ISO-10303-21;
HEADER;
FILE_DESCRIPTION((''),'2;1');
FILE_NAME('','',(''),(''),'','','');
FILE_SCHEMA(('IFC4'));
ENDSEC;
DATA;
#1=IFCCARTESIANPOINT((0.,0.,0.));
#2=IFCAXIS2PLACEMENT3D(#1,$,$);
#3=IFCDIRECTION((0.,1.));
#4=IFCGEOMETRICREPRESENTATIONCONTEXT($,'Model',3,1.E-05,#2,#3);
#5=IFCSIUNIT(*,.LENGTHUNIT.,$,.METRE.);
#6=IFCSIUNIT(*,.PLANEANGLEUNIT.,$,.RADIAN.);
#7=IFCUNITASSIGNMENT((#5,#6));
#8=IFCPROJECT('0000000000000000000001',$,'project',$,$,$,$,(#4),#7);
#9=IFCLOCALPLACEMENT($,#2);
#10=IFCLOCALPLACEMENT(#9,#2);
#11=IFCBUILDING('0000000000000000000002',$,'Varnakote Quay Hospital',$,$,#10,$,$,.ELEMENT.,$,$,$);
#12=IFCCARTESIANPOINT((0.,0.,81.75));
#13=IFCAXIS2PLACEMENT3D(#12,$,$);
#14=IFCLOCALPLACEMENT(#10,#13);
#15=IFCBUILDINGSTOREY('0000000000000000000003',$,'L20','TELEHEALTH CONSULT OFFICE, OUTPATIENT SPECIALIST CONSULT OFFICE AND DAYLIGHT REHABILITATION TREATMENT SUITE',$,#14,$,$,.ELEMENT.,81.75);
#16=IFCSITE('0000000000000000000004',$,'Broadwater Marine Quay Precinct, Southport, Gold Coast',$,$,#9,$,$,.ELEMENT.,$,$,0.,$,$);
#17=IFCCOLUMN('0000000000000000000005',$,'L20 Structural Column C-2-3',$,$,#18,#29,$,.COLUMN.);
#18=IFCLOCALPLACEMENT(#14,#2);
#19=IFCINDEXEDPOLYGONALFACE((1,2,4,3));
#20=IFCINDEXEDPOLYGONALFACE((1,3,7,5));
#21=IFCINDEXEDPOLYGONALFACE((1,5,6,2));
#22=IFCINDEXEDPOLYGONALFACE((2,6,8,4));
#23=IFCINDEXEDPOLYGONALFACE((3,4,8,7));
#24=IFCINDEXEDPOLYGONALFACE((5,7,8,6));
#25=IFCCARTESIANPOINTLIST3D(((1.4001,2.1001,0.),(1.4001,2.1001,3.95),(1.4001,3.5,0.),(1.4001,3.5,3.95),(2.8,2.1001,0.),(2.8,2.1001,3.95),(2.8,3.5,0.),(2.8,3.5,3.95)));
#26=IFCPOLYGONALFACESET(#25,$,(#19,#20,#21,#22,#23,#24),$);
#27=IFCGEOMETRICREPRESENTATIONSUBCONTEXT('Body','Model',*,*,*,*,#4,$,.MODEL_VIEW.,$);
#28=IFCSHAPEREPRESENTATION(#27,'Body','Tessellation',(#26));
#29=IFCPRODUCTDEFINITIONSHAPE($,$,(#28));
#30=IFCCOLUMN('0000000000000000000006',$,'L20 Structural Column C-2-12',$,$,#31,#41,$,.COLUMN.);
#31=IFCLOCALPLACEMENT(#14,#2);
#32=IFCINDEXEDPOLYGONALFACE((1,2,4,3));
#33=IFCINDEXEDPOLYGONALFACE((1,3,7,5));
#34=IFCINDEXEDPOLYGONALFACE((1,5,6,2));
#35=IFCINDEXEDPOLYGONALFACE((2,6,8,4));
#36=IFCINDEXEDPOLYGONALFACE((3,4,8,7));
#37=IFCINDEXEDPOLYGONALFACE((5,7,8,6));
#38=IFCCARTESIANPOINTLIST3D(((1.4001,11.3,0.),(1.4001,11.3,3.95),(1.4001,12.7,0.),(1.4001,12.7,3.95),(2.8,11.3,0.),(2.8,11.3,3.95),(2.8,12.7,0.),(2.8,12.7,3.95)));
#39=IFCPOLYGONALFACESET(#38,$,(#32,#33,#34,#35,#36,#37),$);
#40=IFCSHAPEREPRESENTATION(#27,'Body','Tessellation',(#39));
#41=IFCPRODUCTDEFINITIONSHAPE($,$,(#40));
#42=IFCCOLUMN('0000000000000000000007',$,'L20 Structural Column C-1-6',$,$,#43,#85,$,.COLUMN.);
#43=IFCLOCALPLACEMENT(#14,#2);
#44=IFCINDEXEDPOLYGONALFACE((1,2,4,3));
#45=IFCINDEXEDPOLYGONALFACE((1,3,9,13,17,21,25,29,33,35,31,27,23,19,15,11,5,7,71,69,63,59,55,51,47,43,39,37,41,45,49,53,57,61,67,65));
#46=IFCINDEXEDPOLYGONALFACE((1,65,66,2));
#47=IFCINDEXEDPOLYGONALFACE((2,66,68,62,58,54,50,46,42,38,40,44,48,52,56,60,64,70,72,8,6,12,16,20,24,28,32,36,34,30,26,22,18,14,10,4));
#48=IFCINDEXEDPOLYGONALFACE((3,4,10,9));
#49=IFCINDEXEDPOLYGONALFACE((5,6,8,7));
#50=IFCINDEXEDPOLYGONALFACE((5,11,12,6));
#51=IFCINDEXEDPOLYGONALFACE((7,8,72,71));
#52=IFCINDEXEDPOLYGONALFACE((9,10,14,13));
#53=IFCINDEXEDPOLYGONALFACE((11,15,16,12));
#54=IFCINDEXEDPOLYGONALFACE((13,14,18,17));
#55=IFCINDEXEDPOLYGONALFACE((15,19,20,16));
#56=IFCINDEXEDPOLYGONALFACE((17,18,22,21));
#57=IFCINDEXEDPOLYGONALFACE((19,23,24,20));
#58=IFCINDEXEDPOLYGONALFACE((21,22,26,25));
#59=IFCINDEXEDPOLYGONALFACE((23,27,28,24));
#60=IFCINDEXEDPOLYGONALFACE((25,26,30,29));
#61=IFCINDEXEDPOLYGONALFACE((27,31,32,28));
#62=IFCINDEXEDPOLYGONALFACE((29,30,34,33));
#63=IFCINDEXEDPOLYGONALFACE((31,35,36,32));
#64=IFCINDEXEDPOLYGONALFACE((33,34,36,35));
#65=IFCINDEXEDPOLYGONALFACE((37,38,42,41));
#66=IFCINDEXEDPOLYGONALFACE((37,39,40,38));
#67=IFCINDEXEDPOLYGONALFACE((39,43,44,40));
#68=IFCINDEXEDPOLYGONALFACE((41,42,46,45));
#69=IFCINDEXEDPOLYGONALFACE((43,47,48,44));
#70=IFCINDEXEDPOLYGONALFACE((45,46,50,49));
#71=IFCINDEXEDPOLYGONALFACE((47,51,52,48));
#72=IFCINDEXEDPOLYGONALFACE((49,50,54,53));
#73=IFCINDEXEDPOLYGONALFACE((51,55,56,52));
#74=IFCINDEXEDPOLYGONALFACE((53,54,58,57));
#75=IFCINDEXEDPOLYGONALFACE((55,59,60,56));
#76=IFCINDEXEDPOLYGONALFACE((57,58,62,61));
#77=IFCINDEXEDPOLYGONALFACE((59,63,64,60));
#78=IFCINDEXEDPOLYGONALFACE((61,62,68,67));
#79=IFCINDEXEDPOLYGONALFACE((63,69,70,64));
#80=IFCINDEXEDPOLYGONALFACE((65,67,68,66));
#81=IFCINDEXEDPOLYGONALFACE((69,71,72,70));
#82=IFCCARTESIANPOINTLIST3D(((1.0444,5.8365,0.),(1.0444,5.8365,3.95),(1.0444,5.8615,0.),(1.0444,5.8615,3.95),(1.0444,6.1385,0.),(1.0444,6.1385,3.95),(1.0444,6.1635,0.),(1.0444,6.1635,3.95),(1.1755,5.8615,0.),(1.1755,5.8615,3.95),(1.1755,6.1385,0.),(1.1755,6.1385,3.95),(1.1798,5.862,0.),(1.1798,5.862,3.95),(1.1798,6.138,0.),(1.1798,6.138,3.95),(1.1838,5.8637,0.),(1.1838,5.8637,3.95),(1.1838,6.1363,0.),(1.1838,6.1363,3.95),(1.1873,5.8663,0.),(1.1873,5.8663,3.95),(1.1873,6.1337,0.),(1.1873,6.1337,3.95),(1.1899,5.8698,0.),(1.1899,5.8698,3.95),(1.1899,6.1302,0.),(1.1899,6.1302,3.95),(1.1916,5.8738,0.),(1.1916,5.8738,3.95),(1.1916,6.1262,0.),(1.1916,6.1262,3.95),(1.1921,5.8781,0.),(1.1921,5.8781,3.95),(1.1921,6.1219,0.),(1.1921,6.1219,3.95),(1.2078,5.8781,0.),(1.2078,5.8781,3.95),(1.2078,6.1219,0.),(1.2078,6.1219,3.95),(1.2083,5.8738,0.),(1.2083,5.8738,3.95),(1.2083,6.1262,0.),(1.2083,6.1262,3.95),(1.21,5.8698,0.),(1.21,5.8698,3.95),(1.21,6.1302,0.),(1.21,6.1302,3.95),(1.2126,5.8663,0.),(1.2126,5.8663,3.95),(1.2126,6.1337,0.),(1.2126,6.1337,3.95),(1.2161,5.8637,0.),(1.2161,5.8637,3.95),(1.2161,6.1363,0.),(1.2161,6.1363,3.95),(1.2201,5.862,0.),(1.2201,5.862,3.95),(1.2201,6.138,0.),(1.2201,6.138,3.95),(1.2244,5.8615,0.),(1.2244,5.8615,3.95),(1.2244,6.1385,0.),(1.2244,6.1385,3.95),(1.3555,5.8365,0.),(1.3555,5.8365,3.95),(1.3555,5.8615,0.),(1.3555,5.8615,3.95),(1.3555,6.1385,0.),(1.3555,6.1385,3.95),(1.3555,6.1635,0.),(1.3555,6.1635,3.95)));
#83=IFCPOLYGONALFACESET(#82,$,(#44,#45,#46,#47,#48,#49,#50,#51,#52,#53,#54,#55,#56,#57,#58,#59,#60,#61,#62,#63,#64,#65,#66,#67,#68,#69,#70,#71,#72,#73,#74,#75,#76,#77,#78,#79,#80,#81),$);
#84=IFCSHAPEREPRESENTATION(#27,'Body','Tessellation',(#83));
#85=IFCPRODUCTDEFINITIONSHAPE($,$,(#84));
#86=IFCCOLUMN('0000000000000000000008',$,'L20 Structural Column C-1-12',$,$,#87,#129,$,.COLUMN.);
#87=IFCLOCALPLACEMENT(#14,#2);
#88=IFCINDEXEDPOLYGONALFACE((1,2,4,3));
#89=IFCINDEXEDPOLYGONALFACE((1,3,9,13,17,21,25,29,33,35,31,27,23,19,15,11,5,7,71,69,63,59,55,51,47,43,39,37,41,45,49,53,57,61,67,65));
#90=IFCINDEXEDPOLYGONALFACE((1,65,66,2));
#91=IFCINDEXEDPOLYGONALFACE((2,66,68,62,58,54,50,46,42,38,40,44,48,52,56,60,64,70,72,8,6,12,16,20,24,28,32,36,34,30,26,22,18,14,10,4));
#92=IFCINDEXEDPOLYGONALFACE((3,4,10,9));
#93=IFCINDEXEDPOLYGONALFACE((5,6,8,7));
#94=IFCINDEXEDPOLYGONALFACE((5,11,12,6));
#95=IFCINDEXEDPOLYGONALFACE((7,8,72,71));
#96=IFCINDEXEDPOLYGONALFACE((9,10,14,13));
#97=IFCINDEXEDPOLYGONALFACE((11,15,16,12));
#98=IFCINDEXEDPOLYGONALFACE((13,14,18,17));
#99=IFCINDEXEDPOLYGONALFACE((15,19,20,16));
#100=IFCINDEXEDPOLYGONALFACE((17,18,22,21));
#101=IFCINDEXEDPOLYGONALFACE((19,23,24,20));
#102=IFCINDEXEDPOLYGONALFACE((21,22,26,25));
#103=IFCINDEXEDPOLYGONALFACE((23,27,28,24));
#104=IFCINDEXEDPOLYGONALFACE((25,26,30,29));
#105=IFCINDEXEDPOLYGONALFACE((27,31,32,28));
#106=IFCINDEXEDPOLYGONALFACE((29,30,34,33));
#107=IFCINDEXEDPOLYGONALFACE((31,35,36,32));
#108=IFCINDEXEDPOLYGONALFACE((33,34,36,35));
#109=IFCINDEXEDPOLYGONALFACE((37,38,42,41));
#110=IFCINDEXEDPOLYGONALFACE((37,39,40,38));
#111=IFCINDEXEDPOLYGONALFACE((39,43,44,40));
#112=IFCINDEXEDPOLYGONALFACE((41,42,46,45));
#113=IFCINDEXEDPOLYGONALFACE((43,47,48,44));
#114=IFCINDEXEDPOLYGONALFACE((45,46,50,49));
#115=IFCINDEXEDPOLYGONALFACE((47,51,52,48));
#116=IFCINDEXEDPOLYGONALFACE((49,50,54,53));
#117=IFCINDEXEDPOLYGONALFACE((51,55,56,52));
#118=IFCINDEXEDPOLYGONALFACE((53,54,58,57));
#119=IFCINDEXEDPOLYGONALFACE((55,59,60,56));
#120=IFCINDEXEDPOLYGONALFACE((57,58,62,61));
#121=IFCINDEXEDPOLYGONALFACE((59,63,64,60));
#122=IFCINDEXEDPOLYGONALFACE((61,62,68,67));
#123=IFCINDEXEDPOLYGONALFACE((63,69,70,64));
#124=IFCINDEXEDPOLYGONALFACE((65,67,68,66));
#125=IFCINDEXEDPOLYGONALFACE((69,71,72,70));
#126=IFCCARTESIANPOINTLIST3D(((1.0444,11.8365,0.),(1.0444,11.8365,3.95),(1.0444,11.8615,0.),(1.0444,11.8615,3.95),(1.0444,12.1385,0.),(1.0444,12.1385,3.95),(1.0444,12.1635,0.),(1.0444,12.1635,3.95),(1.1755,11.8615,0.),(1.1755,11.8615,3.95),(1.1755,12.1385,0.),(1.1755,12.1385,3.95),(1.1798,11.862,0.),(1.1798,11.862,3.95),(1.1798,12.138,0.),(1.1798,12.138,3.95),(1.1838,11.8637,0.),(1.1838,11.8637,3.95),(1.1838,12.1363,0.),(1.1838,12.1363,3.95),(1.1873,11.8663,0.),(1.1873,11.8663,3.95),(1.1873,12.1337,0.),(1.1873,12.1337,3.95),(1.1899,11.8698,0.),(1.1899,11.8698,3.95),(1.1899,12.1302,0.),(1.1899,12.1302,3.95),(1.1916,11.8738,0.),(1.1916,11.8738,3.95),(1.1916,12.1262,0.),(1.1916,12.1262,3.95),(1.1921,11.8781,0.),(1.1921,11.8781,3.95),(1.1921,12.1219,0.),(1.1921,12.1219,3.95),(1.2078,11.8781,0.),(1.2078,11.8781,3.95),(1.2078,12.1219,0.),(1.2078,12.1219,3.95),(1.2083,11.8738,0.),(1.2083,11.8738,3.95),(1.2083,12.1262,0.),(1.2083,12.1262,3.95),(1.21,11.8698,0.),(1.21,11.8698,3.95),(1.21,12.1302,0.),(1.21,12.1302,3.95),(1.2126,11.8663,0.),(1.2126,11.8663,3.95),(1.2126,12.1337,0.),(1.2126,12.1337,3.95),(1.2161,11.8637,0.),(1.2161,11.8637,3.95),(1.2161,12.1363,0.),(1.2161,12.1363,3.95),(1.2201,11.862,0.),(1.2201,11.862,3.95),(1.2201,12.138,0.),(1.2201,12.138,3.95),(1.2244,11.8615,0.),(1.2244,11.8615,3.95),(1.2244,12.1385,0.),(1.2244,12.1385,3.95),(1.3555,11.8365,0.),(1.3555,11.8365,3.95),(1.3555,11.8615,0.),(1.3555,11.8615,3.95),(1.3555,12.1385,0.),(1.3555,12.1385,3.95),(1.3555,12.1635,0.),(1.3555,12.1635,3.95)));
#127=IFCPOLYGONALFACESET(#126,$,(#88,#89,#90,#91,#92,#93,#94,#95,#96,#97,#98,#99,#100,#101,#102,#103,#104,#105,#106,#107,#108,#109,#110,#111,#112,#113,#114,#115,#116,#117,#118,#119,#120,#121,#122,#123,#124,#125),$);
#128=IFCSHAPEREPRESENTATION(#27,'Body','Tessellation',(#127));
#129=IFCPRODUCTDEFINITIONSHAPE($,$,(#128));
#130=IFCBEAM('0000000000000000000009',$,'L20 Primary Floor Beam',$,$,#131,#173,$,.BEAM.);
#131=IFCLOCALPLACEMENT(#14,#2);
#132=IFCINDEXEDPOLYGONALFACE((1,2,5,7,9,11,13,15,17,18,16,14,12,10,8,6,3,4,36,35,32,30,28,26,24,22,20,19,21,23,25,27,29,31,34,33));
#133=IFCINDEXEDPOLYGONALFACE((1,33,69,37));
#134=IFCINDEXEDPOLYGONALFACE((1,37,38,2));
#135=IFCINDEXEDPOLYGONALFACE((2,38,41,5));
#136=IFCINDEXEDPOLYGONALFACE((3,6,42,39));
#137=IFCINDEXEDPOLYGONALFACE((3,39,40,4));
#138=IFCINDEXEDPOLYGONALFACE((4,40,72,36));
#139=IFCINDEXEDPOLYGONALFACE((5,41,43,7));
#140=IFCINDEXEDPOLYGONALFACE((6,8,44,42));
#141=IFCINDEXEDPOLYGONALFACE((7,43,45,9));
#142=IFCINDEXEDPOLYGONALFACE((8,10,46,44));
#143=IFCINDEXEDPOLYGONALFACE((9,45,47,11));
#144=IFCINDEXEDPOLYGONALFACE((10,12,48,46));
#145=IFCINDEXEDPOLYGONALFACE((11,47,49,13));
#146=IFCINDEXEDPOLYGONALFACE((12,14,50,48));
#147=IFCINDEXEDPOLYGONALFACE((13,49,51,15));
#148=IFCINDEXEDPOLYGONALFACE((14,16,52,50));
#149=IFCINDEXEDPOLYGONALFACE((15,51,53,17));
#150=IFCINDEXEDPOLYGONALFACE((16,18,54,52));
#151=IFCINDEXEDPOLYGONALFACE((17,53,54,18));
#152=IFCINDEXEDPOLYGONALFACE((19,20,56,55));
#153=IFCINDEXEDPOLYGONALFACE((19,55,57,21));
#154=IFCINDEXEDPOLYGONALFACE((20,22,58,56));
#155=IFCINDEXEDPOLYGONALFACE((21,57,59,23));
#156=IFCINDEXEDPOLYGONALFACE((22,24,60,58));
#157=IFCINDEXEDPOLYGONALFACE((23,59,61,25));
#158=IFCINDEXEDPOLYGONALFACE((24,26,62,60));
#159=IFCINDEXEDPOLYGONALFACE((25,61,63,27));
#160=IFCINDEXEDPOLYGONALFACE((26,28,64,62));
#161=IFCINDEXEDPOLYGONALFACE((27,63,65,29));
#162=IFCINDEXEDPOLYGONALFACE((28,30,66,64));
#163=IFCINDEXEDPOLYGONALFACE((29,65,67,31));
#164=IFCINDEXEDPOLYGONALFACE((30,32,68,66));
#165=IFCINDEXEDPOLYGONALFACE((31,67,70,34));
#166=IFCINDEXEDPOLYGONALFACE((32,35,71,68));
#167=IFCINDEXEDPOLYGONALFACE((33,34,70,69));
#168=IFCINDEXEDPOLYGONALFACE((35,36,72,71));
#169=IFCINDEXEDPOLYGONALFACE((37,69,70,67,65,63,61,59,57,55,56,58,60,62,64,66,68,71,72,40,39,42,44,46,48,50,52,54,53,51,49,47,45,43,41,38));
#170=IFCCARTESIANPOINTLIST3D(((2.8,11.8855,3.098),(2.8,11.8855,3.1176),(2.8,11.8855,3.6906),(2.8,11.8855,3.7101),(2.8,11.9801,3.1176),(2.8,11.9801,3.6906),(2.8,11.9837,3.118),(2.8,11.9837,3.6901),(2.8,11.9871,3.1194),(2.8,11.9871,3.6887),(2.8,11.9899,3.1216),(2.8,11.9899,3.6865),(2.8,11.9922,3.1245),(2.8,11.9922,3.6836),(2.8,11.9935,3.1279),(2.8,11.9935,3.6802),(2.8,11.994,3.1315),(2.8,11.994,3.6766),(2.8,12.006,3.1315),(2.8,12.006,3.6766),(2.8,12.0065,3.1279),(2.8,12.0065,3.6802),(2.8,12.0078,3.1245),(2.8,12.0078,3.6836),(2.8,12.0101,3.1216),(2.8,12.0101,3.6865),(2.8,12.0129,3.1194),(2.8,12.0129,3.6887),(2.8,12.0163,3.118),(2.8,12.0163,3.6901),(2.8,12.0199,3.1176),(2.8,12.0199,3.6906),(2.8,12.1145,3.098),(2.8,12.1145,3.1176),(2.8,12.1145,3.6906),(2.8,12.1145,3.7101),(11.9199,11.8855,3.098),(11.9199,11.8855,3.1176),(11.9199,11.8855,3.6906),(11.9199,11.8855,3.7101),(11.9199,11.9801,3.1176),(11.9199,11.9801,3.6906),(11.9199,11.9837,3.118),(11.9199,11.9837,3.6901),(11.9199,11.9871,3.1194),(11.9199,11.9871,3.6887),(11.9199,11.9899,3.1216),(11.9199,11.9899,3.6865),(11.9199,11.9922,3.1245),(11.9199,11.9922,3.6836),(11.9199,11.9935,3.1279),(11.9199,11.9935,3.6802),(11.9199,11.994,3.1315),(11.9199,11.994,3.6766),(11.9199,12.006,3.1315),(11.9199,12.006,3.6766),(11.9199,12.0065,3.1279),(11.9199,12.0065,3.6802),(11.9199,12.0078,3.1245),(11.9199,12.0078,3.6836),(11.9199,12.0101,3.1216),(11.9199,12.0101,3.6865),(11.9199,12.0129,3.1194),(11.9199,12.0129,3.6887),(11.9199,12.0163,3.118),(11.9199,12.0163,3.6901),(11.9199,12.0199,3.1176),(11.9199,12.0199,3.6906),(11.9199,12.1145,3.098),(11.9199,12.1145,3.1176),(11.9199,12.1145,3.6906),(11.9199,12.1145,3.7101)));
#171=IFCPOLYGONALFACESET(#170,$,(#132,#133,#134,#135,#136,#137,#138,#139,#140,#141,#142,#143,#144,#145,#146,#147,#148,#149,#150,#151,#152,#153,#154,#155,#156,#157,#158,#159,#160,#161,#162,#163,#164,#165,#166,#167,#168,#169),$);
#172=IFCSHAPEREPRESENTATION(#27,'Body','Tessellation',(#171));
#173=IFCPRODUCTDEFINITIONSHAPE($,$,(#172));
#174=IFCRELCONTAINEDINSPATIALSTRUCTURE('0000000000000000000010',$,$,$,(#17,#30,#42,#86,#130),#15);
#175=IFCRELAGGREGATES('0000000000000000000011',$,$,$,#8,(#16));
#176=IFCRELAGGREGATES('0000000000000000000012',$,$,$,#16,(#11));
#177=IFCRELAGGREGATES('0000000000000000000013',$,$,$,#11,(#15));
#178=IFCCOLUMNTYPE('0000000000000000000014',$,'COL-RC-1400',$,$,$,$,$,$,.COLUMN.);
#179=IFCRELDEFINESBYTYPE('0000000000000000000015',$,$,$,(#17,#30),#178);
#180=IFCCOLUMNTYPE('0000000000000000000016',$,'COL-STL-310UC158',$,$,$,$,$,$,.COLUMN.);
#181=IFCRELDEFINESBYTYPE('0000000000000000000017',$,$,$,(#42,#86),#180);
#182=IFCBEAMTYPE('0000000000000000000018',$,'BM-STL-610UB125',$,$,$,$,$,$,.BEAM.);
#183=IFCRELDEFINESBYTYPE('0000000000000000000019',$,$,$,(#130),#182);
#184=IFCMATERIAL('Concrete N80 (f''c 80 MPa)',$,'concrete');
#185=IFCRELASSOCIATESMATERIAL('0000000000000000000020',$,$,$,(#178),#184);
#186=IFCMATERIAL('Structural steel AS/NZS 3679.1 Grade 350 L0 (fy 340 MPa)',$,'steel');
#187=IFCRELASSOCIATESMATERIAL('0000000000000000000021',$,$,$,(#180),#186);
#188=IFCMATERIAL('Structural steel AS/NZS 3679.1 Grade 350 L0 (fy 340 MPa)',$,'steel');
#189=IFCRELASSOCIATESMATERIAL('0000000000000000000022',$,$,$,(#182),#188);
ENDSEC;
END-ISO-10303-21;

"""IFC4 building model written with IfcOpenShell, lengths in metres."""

from ifc_helpers import new_model, si_unit, direction, frame, origin, origin_2d, place, context, subcontext, project, spatial, rectangle, i_section, extrude, material, material_profile, profile_set, type_object, element, save


model = new_model("IFC4")

# Units and contexts
model_context = context("Model", 3, precision=1e-05, world=origin(), true_north=direction((0.0, 1.0)))
body_context = subcontext(model_context, "Body", "Model", "MODEL_VIEW")
ifc_project = project(units=[si_unit("LENGTHUNIT", "METRE"), si_unit("PLANEANGLEUNIT", "RADIAN")], contexts=[model_context])

# Site, building, storey
site_placement = place(None, origin())
site = spatial("IfcSite", under=ifc_project, at=site_placement, Name="Broadwater Marine Quay Precinct, Southport, Gold Coast", CompositionType="ELEMENT", RefElevation=0.0)
building_placement = place(site_placement, origin())
building = spatial("IfcBuilding", under=site, at=building_placement, Name="Varnakote Quay Hospital", CompositionType="ELEMENT")
storey_placement = place(building_placement, frame((0.0, 0.0, 81.75)))
storey = spatial("IfcBuildingStorey", under=building, at=storey_placement, Name="L20", Description="TELEHEALTH CONSULT OFFICE, OUTPATIENT SPECIALIST CONSULT OFFICE AND DAYLIGHT REHABILITATION TREATMENT SUITE", CompositionType="ELEMENT", Elevation=81.75)

# Columns
ifc_material_1 = material(Name="Concrete N80 (f'c 80 MPa)", Category="concrete")
ifc_material_profile_1 = material_profile(ifc_material_1, rectangle(XDim=1.3999, YDim=1.3999, at=origin_2d()), Name="RC-COL-1400x1400")
ifc_profile_set_1 = profile_set([ifc_material_profile_1], Name="Concrete N80 (f'c 80 MPa)")
column_type_1 = type_object("IfcColumnType", Name="COL-RC-1400", PredefinedType="COLUMN", material=ifc_profile_set_1)
for number, where, z_axis, x_axis, name in (
    (1, (2.1001, 2.8, 0.0), (0.0, 0.0, 1.0), (1.0, 0.0, 0.0), "L20 Structural Column C-2-3"),
    (2, (2.1001, 12.0, 0.0), (0.0, 0.0, 1.0), (1.0, 0.0, 0.0), "L20 Structural Column C-2-12"),
):
    element("IfcColumn", number, at=place(storey_placement, frame(where, z_axis=z_axis, x_axis=x_axis)), inside=storey, type_object=column_type_1, Name=name, PredefinedType="COLUMN", context=body_context, shape_type="SweptSolid", body=[
        extrude(rectangle(XDim=1.3999, YDim=1.3999, at=origin_2d()), origin(), (0.0, 0.0, 1.0), 3.95),
    ])
ifc_material_2 = material(Name="Structural steel AS/NZS 3679.1 Grade 350 L0 (fy 340 MPa)", Category="steel")
ifc_material_profile_2 = material_profile(ifc_material_2, i_section(OverallWidth=0.311, OverallDepth=0.3269, WebThickness=0.0156, FlangeThickness=0.0249, FilletRadius=0.0166, at=origin_2d()), Name="310UC158")
ifc_profile_set_2 = profile_set([ifc_material_profile_2], Name="Structural steel AS/NZS 3679.1 Grade 350 L0 (fy 340 MPa)")
column_type_2 = type_object("IfcColumnType", Name="COL-STL-310UC158", PredefinedType="COLUMN", material=ifc_profile_set_2)
for number, where, z_axis, x_axis, name in (
    (3, (1.2, 6.0, 0.0), (0.0, 0.0, 1.0), (1.0, 0.0, 0.0), "L20 Structural Column C-1-6"),
    (4, (1.2, 12.0, 0.0), (0.0, 0.0, 1.0), (1.0, 0.0, 0.0), "L20 Structural Column C-1-12"),
):
    element("IfcColumn", number, at=place(storey_placement, frame(where, z_axis=z_axis, x_axis=x_axis)), inside=storey, type_object=column_type_2, Name=name, PredefinedType="COLUMN", context=body_context, shape_type="SweptSolid", body=[
        extrude(i_section(OverallWidth=0.311, OverallDepth=0.3269, WebThickness=0.0156, FlangeThickness=0.0249, FilletRadius=0.0166, at=origin_2d()), origin(), (0.0, 0.0, 1.0), 3.95),
    ])

# Beam
ifc_material_3 = material(Name="Structural steel AS/NZS 3679.1 Grade 350 L0 (fy 340 MPa)", Category="steel")
ifc_material_profile_3 = material_profile(ifc_material_3, i_section(OverallWidth=0.229, OverallDepth=0.6121, WebThickness=0.012, FlangeThickness=0.0195, FilletRadius=0.0139, at=origin_2d()), Name="610UB125")
ifc_profile_set_3 = profile_set([ifc_material_profile_3], Name="Structural steel AS/NZS 3679.1 Grade 350 L0 (fy 340 MPa)")
beam_type_1 = type_object("IfcBeamType", Name="BM-STL-610UB125", PredefinedType="BEAM", material=ifc_profile_set_3)
beam_1_placement = place(storey_placement, frame((2.8, 12.0, 3.4041), z_axis=(1.0, 0.0, 0.0), x_axis=(0.0, 1.0, 0.0)))
element("IfcBeam", 5, at=beam_1_placement, inside=storey, type_object=beam_type_1, Name="L20 Primary Floor Beam", PredefinedType="BEAM", context=body_context, shape_type="SweptSolid", body=[
    extrude(i_section(OverallWidth=0.229, OverallDepth=0.6121, WebThickness=0.012, FlangeThickness=0.0195, FilletRadius=0.0139, at=origin_2d()), origin(), (0.0, 0.0, 1.0), 9.1199),
])

save(model, "model.ifc")
